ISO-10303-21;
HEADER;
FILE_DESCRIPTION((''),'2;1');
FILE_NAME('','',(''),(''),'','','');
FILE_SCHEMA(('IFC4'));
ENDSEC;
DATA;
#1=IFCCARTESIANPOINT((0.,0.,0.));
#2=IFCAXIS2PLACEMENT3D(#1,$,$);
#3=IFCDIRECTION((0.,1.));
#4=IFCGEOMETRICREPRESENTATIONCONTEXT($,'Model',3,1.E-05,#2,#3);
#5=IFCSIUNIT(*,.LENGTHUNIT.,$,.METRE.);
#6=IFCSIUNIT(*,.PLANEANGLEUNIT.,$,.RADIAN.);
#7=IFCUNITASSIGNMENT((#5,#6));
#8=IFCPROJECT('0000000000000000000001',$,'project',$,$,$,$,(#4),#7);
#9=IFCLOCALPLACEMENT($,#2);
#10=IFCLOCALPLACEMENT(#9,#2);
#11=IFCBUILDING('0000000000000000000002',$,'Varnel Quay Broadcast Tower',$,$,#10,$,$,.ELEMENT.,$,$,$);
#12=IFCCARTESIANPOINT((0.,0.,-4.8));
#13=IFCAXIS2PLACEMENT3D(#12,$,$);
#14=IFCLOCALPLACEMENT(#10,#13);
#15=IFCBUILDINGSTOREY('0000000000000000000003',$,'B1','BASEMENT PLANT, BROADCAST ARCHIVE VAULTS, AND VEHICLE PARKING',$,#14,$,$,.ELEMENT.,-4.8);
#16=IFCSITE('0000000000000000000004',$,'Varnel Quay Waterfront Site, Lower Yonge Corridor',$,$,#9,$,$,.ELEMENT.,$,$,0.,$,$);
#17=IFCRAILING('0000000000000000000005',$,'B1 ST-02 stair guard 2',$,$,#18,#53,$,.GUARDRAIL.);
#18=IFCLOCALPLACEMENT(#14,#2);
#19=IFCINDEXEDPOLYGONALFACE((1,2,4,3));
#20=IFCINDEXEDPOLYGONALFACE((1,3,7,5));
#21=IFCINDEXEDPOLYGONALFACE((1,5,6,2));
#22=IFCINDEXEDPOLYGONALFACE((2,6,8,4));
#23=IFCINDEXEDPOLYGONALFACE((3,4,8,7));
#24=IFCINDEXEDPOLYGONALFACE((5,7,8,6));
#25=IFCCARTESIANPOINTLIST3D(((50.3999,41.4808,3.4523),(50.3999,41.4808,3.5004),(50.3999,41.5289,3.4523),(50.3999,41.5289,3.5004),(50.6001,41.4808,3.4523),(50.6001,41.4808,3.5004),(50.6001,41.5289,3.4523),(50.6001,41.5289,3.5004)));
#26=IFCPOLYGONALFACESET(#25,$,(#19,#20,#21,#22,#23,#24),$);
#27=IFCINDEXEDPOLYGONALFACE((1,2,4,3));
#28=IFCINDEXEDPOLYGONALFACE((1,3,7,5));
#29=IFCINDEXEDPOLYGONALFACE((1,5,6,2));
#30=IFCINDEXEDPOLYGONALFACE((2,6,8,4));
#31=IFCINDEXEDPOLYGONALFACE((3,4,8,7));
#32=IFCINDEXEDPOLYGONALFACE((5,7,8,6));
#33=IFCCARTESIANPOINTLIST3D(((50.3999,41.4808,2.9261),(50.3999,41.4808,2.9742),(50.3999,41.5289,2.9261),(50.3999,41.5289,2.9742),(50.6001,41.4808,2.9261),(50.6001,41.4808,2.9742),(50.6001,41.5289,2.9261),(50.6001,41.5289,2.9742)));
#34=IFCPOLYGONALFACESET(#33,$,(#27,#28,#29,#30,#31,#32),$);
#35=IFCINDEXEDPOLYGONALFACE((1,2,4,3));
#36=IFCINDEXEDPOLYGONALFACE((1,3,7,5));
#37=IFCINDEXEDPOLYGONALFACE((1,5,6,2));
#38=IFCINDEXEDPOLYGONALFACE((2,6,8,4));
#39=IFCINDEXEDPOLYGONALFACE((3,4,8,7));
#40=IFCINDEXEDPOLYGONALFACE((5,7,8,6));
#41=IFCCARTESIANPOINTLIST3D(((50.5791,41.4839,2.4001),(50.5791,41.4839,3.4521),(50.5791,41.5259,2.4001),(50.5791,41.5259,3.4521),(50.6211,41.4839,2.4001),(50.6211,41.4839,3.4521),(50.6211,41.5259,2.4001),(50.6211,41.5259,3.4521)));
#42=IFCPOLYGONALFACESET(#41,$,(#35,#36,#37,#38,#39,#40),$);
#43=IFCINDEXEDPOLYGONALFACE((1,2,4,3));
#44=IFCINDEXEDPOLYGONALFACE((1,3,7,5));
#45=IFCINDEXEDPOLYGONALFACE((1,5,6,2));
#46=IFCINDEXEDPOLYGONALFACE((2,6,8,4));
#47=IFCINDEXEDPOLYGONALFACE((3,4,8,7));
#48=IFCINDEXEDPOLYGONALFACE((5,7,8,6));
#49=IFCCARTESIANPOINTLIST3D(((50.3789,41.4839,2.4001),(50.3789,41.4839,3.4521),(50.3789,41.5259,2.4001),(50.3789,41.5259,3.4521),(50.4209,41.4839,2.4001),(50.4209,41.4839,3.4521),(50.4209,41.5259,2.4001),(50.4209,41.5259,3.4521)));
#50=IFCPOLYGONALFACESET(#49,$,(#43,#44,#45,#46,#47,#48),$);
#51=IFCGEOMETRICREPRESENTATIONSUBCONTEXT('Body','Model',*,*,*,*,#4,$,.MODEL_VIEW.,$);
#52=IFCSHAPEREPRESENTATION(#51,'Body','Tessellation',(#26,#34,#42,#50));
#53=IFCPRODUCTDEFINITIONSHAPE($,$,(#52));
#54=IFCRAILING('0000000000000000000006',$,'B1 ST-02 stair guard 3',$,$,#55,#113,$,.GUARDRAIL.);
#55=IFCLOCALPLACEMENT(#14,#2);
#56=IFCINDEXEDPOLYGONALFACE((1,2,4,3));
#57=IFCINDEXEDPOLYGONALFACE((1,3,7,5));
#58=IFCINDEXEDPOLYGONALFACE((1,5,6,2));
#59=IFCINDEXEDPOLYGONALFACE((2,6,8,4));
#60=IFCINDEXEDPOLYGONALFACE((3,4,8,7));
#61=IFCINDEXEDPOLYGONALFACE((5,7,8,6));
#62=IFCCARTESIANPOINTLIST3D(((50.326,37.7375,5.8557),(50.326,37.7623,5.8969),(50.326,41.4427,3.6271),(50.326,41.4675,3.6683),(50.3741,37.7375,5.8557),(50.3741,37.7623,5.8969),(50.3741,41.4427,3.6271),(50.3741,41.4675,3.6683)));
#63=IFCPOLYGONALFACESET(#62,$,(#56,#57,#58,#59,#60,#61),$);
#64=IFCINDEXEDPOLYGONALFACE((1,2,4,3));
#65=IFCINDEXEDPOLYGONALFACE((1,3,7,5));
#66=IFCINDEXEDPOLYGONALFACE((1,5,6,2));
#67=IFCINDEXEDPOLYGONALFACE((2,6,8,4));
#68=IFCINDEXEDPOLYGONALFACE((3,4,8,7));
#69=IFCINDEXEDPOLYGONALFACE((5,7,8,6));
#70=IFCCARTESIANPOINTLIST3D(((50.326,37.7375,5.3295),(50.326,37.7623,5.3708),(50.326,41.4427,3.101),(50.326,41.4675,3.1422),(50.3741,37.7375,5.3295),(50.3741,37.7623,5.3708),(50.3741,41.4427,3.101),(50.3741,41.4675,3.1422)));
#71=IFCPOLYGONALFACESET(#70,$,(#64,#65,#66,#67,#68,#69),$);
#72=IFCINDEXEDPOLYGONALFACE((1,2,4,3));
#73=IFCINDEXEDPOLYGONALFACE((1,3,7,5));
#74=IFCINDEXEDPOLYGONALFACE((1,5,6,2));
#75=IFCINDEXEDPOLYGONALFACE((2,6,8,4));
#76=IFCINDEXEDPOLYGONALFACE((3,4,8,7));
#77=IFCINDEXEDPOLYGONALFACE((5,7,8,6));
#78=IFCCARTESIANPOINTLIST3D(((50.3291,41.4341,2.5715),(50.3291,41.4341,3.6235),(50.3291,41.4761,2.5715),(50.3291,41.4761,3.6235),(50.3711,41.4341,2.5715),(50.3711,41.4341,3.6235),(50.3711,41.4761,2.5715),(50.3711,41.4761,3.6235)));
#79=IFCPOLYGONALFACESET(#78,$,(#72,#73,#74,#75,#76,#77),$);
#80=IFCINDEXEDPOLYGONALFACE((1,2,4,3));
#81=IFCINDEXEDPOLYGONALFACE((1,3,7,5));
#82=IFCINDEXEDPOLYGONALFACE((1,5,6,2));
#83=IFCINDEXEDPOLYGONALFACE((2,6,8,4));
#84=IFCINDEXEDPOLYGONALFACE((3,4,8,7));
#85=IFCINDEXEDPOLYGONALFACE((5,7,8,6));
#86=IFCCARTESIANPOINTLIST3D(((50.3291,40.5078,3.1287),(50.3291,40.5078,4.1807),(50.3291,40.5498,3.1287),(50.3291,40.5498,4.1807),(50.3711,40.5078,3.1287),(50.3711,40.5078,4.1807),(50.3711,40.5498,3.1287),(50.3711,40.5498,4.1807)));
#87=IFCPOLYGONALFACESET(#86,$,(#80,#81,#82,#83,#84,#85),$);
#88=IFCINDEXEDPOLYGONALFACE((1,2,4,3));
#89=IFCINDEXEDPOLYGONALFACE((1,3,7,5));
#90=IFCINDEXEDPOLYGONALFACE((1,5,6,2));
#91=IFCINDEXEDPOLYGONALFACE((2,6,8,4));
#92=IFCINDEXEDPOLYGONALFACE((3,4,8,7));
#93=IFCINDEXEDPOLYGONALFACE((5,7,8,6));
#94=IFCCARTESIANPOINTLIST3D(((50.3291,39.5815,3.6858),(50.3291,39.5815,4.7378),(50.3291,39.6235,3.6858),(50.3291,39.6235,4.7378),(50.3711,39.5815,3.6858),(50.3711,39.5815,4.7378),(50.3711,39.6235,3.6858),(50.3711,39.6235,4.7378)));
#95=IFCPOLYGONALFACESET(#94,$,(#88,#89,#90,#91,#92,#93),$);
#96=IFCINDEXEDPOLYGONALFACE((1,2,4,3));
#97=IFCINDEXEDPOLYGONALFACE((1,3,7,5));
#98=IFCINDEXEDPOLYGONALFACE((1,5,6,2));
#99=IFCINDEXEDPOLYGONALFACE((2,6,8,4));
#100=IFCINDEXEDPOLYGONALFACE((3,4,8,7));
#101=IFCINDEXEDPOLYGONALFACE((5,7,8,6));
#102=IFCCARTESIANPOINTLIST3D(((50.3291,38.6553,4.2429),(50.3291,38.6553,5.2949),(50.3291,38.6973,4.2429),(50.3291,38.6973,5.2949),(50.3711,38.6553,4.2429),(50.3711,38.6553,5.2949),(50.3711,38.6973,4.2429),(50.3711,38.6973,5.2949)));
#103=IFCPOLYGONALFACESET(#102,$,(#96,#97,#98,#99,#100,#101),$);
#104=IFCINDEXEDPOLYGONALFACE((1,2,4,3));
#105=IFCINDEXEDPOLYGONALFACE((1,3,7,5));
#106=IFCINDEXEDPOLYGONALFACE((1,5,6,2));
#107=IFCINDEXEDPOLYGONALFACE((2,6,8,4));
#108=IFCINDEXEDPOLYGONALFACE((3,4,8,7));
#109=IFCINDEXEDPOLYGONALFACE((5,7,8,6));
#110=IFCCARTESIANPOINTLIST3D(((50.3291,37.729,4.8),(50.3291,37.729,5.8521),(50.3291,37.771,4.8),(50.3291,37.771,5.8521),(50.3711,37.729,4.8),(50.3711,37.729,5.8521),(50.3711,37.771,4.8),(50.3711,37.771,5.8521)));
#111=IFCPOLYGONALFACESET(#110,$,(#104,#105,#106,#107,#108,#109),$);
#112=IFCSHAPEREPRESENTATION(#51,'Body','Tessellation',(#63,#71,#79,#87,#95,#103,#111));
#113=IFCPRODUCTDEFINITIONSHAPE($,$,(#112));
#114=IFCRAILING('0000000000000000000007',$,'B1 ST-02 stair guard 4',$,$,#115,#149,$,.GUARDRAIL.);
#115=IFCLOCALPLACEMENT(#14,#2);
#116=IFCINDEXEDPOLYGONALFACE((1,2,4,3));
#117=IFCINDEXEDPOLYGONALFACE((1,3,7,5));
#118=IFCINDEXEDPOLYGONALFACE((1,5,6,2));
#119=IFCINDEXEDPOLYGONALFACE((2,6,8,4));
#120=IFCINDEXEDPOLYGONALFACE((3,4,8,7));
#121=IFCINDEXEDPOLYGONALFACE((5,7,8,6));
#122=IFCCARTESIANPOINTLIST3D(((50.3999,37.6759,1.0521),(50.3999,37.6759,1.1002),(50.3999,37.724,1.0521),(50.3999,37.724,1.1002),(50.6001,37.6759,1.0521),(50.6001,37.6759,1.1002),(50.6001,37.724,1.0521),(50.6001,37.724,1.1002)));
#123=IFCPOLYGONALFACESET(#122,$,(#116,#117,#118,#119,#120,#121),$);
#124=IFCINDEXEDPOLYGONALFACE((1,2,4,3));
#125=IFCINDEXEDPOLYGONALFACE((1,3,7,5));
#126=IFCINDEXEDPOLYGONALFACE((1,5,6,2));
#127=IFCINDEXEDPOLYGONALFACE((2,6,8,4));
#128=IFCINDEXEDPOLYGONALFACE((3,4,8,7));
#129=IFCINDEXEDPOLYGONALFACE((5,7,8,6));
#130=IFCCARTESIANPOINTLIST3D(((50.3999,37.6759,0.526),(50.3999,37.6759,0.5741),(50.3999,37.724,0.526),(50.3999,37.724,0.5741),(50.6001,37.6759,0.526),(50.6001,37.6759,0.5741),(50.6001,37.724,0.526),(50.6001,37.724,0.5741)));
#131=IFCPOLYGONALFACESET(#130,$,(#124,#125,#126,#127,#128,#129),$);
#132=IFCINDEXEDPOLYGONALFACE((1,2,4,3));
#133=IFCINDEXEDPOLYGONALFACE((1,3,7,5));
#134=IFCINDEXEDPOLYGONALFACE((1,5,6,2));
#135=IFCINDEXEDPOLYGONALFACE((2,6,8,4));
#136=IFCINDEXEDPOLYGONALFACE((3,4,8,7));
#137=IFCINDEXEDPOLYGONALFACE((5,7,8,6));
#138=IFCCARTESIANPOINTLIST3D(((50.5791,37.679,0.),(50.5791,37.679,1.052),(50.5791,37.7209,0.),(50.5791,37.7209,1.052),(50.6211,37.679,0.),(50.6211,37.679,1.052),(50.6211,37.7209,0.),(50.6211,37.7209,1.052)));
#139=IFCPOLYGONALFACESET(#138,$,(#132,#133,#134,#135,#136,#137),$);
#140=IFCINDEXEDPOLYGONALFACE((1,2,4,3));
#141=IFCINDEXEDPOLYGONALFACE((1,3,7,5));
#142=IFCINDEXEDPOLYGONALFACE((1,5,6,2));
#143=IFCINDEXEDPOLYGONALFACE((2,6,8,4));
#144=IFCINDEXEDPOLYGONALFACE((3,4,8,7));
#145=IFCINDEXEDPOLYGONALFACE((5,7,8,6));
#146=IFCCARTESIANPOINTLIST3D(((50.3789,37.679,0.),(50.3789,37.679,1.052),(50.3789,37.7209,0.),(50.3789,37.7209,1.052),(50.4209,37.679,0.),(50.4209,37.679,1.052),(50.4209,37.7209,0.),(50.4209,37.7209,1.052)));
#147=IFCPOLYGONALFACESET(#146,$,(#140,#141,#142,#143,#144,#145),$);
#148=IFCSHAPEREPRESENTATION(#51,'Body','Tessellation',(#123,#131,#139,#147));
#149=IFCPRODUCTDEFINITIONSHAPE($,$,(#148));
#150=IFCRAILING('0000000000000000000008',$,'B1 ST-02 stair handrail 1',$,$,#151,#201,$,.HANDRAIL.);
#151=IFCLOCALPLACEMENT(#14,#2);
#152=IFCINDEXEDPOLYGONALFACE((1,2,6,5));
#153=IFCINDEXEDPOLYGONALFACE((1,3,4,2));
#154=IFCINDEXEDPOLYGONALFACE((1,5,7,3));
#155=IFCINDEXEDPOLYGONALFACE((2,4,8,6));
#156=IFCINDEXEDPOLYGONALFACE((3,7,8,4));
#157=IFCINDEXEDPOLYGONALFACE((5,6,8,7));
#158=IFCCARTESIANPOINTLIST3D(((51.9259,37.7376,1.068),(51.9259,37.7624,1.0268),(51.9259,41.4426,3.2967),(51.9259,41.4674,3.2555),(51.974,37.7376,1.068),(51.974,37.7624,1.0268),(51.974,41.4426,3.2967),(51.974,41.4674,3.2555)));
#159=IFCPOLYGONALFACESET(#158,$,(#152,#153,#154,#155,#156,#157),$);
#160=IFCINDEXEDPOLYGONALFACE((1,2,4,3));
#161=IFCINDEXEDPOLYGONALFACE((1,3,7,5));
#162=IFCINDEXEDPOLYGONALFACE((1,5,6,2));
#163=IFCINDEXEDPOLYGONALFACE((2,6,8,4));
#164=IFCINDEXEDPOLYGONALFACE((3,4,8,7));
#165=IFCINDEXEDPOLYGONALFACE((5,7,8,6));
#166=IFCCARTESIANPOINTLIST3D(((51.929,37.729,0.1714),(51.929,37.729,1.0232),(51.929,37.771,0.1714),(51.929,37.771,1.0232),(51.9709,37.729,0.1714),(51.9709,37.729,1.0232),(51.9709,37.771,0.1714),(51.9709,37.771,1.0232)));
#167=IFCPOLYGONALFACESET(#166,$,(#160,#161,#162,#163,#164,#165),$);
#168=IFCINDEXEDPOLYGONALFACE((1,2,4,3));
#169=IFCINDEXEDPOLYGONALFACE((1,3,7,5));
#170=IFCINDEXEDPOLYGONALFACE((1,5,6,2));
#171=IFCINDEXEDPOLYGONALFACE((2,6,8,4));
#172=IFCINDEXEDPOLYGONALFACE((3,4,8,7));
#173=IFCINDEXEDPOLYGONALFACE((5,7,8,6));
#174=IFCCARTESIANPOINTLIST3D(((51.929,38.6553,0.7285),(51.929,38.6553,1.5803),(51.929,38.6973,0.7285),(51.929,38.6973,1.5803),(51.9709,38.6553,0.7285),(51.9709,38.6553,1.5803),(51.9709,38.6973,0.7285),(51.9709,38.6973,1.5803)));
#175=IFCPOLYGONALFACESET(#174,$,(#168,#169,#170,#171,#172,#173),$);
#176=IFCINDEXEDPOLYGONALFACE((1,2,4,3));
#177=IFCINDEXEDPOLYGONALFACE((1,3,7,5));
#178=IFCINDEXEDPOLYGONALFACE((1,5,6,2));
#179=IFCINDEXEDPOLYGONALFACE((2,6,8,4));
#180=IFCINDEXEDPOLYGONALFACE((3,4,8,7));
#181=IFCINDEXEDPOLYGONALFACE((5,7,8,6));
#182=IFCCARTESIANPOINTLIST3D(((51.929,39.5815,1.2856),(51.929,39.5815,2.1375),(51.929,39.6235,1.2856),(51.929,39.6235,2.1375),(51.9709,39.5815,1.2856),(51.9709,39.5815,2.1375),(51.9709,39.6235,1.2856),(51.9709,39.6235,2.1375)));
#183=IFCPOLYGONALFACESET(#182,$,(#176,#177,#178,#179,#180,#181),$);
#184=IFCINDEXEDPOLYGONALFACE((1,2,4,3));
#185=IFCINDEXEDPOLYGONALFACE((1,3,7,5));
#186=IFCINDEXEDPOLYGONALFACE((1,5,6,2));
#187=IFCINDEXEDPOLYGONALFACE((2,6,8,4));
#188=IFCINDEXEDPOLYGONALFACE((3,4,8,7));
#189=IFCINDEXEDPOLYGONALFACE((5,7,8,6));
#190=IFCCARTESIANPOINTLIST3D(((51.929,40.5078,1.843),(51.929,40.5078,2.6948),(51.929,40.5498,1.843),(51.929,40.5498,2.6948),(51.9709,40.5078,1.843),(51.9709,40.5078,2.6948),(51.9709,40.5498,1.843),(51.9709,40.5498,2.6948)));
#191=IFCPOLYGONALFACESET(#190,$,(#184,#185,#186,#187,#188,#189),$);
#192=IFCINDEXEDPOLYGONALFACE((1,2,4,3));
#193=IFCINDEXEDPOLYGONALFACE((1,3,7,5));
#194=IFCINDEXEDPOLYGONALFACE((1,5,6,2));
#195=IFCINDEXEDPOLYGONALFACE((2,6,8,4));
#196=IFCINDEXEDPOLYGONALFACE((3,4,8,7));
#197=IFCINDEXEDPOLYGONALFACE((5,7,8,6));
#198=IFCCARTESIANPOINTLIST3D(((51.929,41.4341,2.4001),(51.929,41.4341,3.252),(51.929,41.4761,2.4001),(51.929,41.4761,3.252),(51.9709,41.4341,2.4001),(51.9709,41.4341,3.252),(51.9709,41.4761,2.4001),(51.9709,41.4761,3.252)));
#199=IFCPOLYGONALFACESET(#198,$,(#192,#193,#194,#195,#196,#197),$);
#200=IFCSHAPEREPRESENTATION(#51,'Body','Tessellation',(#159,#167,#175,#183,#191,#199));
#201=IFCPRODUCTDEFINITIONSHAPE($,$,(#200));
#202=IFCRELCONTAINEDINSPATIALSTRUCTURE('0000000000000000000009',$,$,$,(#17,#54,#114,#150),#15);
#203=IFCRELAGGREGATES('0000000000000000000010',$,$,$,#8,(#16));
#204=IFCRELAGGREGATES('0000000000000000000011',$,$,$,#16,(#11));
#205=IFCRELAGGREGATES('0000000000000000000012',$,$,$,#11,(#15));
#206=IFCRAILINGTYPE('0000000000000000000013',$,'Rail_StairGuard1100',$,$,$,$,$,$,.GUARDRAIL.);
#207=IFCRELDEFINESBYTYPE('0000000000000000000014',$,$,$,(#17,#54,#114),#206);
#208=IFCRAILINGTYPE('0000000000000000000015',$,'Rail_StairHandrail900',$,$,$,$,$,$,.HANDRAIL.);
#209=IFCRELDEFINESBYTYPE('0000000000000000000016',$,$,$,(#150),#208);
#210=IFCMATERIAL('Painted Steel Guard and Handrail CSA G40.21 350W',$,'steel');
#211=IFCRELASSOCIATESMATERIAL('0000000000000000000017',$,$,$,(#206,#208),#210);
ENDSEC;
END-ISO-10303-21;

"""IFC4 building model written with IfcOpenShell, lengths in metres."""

from ifc_helpers import new_model, si_unit, direction, frame, origin, origin_2d, place, context, subcontext, project, spatial, rectangle, extrude, material, type_object, element, save


model = new_model("IFC4")

# Units and contexts
model_context = context("Model", 3, precision=1e-05, world=origin(), true_north=direction((0.0, 1.0)))
body_context = subcontext(model_context, "Body", "Model", "MODEL_VIEW")
ifc_project = project(units=[si_unit("LENGTHUNIT", "METRE"), si_unit("PLANEANGLEUNIT", "RADIAN")], contexts=[model_context])

# Site, building, storey
site_placement = place(None, origin())
site = spatial("IfcSite", under=ifc_project, at=site_placement, Name="Varnel Quay Waterfront Site, Lower Yonge Corridor", CompositionType="ELEMENT", RefElevation=0.0)
building_placement = place(site_placement, origin())
building = spatial("IfcBuilding", under=site, at=building_placement, Name="Varnel Quay Broadcast Tower", CompositionType="ELEMENT")
storey_placement = place(building_placement, frame((0.0, 0.0, -4.8)))
storey = spatial("IfcBuildingStorey", under=building, at=storey_placement, Name="B1", Description="BASEMENT PLANT, BROADCAST ARCHIVE VAULTS, AND VEHICLE PARKING", CompositionType="ELEMENT", Elevation=-4.8)

# Railings
ifc_material_1 = material(Name="Painted Steel Guard and Handrail CSA G40.21 350W", Category="steel")
railing_type_1 = type_object("IfcRailingType", Name="Rail_StairGuard1100", PredefinedType="GUARDRAIL", material=ifc_material_1)
railing_1_placement = place(storey_placement, frame((50.6001, 41.5049, 2.4001)))
element("IfcRailing", 1, at=railing_1_placement, inside=storey, type_object=railing_type_1, Name="B1 ST-02 stair guard 2", PredefinedType="GUARDRAIL", context=body_context, shape_type="SweptSolid", body=[
    extrude(rectangle(XDim=0.0481, YDim=0.0481, at=origin_2d()), frame((0.0, 0.0, 1.0762), z_axis=(-1.0, 0.0, 0.0), x_axis=(0.0, -1.0, 0.0)), (0.0, 0.0, 1.0), 0.2002),
    extrude(rectangle(XDim=0.0481, YDim=0.0481, at=origin_2d()), frame((0.0, 0.0, 0.55), z_axis=(-1.0, 0.0, 0.0), x_axis=(0.0, -1.0, 0.0)), (0.0, 0.0, 1.0), 0.2002),
    extrude(rectangle(XDim=0.042, YDim=0.042, at=origin_2d()), origin(), (0.0, 0.0, 1.0), 1.052),
    extrude(rectangle(XDim=0.042, YDim=0.042, at=origin_2d()), frame((-0.2002, 0.0, 0.0)), (0.0, 0.0, 1.0), 1.052),
])
railing_2_placement = place(storey_placement, frame((50.3501, 41.4551, 2.5715)))
element("IfcRailing", 2, at=railing_2_placement, inside=storey, type_object=railing_type_1, Name="B1 ST-02 stair guard 3", PredefinedType="GUARDRAIL", context=body_context, shape_type="SweptSolid", body=[
    extrude(rectangle(XDim=0.0481, YDim=0.0481, at=origin_2d()), frame((0.0, 0.0, 1.0762), z_axis=(0.0, -0.856934, 0.515425), x_axis=(1.0, 0.0, 0.0)), (0.0, 0.0, 1.0), 4.3237),
    extrude(rectangle(XDim=0.0481, YDim=0.0481, at=origin_2d()), frame((0.0, 0.0, 0.55), z_axis=(0.0, -0.856934, 0.515425), x_axis=(1.0, 0.0, 0.0)), (0.0, 0.0, 1.0), 4.3237),
    extrude(rectangle(XDim=0.042, YDim=0.042, at=origin_2d()), origin(), (0.0, 0.0, 1.0), 1.052),
    extrude(rectangle(XDim=0.042, YDim=0.042, at=origin_2d()), frame((0.0, -0.9263, 0.5571)), (0.0, 0.0, 1.0), 1.052),
    extrude(rectangle(XDim=0.042, YDim=0.042, at=origin_2d()), frame((0.0, -1.8525, 1.1143)), (0.0, 0.0, 1.0), 1.052),
    extrude(rectangle(XDim=0.042, YDim=0.042, at=origin_2d()), frame((0.0, -2.7788, 1.6714)), (0.0, 0.0, 1.0), 1.052),
    extrude(rectangle(XDim=0.042, YDim=0.042, at=origin_2d()), frame((0.0, -3.7051, 2.2285)), (0.0, 0.0, 1.0), 1.052),
])
railing_3_placement = place(storey_placement, frame((50.6001, 37.7, 0.0)))
element("IfcRailing", 3, at=railing_3_placement, inside=storey, type_object=railing_type_1, Name="B1 ST-02 stair guard 4", PredefinedType="GUARDRAIL", context=body_context, shape_type="SweptSolid", body=[
    extrude(rectangle(XDim=0.0481, YDim=0.0481, at=origin_2d()), frame((0.0, 0.0, 1.0762), z_axis=(-1.0, 0.0, 0.0), x_axis=(0.0, -1.0, 0.0)), (0.0, 0.0, 1.0), 0.2002),
    extrude(rectangle(XDim=0.0481, YDim=0.0481, at=origin_2d()), frame((0.0, 0.0, 0.55), z_axis=(-1.0, 0.0, 0.0), x_axis=(0.0, -1.0, 0.0)), (0.0, 0.0, 1.0), 0.2002),
    extrude(rectangle(XDim=0.042, YDim=0.042, at=origin_2d()), origin(), (0.0, 0.0, 1.0), 1.052),
    extrude(rectangle(XDim=0.042, YDim=0.042, at=origin_2d()), frame((-0.2002, 0.0, 0.0)), (0.0, 0.0, 1.0), 1.052),
])
railing_type_2 = type_object("IfcRailingType", Name="Rail_StairHandrail900", PredefinedType="HANDRAIL", material=ifc_material_1)
railing_4_placement = place(storey_placement, frame((51.95, 37.75, 0.1714)))
element("IfcRailing", 4, at=railing_4_placement, inside=storey, type_object=railing_type_2, Name="B1 ST-02 stair handrail 1", PredefinedType="HANDRAIL", context=body_context, shape_type="SweptSolid", body=[
    extrude(rectangle(XDim=0.0481, YDim=0.0481, at=origin_2d()), frame((0.0, 0.0, 0.876), z_axis=(0.0, 0.856909, 0.515467), x_axis=(-1.0, 0.0, 0.0)), (0.0, 0.0, 1.0), 4.3237),
    extrude(rectangle(XDim=0.042, YDim=0.042, at=origin_2d()), origin(), (0.0, 0.0, 1.0), 0.8518),
    extrude(rectangle(XDim=0.042, YDim=0.042, at=origin_2d()), frame((0.0, 0.9263, 0.5571)), (0.0, 0.0, 1.0), 0.8518),
    extrude(rectangle(XDim=0.042, YDim=0.042, at=origin_2d()), frame((0.0, 1.8525, 1.1143)), (0.0, 0.0, 1.0), 0.8518),
    extrude(rectangle(XDim=0.042, YDim=0.042, at=origin_2d()), frame((0.0, 2.7788, 1.6716)), (0.0, 0.0, 1.0), 0.8518),
    extrude(rectangle(XDim=0.042, YDim=0.042, at=origin_2d()), frame((0.0, 3.7051, 2.2288)), (0.0, 0.0, 1.0), 0.8518),
])

save(model, "model.ifc")
